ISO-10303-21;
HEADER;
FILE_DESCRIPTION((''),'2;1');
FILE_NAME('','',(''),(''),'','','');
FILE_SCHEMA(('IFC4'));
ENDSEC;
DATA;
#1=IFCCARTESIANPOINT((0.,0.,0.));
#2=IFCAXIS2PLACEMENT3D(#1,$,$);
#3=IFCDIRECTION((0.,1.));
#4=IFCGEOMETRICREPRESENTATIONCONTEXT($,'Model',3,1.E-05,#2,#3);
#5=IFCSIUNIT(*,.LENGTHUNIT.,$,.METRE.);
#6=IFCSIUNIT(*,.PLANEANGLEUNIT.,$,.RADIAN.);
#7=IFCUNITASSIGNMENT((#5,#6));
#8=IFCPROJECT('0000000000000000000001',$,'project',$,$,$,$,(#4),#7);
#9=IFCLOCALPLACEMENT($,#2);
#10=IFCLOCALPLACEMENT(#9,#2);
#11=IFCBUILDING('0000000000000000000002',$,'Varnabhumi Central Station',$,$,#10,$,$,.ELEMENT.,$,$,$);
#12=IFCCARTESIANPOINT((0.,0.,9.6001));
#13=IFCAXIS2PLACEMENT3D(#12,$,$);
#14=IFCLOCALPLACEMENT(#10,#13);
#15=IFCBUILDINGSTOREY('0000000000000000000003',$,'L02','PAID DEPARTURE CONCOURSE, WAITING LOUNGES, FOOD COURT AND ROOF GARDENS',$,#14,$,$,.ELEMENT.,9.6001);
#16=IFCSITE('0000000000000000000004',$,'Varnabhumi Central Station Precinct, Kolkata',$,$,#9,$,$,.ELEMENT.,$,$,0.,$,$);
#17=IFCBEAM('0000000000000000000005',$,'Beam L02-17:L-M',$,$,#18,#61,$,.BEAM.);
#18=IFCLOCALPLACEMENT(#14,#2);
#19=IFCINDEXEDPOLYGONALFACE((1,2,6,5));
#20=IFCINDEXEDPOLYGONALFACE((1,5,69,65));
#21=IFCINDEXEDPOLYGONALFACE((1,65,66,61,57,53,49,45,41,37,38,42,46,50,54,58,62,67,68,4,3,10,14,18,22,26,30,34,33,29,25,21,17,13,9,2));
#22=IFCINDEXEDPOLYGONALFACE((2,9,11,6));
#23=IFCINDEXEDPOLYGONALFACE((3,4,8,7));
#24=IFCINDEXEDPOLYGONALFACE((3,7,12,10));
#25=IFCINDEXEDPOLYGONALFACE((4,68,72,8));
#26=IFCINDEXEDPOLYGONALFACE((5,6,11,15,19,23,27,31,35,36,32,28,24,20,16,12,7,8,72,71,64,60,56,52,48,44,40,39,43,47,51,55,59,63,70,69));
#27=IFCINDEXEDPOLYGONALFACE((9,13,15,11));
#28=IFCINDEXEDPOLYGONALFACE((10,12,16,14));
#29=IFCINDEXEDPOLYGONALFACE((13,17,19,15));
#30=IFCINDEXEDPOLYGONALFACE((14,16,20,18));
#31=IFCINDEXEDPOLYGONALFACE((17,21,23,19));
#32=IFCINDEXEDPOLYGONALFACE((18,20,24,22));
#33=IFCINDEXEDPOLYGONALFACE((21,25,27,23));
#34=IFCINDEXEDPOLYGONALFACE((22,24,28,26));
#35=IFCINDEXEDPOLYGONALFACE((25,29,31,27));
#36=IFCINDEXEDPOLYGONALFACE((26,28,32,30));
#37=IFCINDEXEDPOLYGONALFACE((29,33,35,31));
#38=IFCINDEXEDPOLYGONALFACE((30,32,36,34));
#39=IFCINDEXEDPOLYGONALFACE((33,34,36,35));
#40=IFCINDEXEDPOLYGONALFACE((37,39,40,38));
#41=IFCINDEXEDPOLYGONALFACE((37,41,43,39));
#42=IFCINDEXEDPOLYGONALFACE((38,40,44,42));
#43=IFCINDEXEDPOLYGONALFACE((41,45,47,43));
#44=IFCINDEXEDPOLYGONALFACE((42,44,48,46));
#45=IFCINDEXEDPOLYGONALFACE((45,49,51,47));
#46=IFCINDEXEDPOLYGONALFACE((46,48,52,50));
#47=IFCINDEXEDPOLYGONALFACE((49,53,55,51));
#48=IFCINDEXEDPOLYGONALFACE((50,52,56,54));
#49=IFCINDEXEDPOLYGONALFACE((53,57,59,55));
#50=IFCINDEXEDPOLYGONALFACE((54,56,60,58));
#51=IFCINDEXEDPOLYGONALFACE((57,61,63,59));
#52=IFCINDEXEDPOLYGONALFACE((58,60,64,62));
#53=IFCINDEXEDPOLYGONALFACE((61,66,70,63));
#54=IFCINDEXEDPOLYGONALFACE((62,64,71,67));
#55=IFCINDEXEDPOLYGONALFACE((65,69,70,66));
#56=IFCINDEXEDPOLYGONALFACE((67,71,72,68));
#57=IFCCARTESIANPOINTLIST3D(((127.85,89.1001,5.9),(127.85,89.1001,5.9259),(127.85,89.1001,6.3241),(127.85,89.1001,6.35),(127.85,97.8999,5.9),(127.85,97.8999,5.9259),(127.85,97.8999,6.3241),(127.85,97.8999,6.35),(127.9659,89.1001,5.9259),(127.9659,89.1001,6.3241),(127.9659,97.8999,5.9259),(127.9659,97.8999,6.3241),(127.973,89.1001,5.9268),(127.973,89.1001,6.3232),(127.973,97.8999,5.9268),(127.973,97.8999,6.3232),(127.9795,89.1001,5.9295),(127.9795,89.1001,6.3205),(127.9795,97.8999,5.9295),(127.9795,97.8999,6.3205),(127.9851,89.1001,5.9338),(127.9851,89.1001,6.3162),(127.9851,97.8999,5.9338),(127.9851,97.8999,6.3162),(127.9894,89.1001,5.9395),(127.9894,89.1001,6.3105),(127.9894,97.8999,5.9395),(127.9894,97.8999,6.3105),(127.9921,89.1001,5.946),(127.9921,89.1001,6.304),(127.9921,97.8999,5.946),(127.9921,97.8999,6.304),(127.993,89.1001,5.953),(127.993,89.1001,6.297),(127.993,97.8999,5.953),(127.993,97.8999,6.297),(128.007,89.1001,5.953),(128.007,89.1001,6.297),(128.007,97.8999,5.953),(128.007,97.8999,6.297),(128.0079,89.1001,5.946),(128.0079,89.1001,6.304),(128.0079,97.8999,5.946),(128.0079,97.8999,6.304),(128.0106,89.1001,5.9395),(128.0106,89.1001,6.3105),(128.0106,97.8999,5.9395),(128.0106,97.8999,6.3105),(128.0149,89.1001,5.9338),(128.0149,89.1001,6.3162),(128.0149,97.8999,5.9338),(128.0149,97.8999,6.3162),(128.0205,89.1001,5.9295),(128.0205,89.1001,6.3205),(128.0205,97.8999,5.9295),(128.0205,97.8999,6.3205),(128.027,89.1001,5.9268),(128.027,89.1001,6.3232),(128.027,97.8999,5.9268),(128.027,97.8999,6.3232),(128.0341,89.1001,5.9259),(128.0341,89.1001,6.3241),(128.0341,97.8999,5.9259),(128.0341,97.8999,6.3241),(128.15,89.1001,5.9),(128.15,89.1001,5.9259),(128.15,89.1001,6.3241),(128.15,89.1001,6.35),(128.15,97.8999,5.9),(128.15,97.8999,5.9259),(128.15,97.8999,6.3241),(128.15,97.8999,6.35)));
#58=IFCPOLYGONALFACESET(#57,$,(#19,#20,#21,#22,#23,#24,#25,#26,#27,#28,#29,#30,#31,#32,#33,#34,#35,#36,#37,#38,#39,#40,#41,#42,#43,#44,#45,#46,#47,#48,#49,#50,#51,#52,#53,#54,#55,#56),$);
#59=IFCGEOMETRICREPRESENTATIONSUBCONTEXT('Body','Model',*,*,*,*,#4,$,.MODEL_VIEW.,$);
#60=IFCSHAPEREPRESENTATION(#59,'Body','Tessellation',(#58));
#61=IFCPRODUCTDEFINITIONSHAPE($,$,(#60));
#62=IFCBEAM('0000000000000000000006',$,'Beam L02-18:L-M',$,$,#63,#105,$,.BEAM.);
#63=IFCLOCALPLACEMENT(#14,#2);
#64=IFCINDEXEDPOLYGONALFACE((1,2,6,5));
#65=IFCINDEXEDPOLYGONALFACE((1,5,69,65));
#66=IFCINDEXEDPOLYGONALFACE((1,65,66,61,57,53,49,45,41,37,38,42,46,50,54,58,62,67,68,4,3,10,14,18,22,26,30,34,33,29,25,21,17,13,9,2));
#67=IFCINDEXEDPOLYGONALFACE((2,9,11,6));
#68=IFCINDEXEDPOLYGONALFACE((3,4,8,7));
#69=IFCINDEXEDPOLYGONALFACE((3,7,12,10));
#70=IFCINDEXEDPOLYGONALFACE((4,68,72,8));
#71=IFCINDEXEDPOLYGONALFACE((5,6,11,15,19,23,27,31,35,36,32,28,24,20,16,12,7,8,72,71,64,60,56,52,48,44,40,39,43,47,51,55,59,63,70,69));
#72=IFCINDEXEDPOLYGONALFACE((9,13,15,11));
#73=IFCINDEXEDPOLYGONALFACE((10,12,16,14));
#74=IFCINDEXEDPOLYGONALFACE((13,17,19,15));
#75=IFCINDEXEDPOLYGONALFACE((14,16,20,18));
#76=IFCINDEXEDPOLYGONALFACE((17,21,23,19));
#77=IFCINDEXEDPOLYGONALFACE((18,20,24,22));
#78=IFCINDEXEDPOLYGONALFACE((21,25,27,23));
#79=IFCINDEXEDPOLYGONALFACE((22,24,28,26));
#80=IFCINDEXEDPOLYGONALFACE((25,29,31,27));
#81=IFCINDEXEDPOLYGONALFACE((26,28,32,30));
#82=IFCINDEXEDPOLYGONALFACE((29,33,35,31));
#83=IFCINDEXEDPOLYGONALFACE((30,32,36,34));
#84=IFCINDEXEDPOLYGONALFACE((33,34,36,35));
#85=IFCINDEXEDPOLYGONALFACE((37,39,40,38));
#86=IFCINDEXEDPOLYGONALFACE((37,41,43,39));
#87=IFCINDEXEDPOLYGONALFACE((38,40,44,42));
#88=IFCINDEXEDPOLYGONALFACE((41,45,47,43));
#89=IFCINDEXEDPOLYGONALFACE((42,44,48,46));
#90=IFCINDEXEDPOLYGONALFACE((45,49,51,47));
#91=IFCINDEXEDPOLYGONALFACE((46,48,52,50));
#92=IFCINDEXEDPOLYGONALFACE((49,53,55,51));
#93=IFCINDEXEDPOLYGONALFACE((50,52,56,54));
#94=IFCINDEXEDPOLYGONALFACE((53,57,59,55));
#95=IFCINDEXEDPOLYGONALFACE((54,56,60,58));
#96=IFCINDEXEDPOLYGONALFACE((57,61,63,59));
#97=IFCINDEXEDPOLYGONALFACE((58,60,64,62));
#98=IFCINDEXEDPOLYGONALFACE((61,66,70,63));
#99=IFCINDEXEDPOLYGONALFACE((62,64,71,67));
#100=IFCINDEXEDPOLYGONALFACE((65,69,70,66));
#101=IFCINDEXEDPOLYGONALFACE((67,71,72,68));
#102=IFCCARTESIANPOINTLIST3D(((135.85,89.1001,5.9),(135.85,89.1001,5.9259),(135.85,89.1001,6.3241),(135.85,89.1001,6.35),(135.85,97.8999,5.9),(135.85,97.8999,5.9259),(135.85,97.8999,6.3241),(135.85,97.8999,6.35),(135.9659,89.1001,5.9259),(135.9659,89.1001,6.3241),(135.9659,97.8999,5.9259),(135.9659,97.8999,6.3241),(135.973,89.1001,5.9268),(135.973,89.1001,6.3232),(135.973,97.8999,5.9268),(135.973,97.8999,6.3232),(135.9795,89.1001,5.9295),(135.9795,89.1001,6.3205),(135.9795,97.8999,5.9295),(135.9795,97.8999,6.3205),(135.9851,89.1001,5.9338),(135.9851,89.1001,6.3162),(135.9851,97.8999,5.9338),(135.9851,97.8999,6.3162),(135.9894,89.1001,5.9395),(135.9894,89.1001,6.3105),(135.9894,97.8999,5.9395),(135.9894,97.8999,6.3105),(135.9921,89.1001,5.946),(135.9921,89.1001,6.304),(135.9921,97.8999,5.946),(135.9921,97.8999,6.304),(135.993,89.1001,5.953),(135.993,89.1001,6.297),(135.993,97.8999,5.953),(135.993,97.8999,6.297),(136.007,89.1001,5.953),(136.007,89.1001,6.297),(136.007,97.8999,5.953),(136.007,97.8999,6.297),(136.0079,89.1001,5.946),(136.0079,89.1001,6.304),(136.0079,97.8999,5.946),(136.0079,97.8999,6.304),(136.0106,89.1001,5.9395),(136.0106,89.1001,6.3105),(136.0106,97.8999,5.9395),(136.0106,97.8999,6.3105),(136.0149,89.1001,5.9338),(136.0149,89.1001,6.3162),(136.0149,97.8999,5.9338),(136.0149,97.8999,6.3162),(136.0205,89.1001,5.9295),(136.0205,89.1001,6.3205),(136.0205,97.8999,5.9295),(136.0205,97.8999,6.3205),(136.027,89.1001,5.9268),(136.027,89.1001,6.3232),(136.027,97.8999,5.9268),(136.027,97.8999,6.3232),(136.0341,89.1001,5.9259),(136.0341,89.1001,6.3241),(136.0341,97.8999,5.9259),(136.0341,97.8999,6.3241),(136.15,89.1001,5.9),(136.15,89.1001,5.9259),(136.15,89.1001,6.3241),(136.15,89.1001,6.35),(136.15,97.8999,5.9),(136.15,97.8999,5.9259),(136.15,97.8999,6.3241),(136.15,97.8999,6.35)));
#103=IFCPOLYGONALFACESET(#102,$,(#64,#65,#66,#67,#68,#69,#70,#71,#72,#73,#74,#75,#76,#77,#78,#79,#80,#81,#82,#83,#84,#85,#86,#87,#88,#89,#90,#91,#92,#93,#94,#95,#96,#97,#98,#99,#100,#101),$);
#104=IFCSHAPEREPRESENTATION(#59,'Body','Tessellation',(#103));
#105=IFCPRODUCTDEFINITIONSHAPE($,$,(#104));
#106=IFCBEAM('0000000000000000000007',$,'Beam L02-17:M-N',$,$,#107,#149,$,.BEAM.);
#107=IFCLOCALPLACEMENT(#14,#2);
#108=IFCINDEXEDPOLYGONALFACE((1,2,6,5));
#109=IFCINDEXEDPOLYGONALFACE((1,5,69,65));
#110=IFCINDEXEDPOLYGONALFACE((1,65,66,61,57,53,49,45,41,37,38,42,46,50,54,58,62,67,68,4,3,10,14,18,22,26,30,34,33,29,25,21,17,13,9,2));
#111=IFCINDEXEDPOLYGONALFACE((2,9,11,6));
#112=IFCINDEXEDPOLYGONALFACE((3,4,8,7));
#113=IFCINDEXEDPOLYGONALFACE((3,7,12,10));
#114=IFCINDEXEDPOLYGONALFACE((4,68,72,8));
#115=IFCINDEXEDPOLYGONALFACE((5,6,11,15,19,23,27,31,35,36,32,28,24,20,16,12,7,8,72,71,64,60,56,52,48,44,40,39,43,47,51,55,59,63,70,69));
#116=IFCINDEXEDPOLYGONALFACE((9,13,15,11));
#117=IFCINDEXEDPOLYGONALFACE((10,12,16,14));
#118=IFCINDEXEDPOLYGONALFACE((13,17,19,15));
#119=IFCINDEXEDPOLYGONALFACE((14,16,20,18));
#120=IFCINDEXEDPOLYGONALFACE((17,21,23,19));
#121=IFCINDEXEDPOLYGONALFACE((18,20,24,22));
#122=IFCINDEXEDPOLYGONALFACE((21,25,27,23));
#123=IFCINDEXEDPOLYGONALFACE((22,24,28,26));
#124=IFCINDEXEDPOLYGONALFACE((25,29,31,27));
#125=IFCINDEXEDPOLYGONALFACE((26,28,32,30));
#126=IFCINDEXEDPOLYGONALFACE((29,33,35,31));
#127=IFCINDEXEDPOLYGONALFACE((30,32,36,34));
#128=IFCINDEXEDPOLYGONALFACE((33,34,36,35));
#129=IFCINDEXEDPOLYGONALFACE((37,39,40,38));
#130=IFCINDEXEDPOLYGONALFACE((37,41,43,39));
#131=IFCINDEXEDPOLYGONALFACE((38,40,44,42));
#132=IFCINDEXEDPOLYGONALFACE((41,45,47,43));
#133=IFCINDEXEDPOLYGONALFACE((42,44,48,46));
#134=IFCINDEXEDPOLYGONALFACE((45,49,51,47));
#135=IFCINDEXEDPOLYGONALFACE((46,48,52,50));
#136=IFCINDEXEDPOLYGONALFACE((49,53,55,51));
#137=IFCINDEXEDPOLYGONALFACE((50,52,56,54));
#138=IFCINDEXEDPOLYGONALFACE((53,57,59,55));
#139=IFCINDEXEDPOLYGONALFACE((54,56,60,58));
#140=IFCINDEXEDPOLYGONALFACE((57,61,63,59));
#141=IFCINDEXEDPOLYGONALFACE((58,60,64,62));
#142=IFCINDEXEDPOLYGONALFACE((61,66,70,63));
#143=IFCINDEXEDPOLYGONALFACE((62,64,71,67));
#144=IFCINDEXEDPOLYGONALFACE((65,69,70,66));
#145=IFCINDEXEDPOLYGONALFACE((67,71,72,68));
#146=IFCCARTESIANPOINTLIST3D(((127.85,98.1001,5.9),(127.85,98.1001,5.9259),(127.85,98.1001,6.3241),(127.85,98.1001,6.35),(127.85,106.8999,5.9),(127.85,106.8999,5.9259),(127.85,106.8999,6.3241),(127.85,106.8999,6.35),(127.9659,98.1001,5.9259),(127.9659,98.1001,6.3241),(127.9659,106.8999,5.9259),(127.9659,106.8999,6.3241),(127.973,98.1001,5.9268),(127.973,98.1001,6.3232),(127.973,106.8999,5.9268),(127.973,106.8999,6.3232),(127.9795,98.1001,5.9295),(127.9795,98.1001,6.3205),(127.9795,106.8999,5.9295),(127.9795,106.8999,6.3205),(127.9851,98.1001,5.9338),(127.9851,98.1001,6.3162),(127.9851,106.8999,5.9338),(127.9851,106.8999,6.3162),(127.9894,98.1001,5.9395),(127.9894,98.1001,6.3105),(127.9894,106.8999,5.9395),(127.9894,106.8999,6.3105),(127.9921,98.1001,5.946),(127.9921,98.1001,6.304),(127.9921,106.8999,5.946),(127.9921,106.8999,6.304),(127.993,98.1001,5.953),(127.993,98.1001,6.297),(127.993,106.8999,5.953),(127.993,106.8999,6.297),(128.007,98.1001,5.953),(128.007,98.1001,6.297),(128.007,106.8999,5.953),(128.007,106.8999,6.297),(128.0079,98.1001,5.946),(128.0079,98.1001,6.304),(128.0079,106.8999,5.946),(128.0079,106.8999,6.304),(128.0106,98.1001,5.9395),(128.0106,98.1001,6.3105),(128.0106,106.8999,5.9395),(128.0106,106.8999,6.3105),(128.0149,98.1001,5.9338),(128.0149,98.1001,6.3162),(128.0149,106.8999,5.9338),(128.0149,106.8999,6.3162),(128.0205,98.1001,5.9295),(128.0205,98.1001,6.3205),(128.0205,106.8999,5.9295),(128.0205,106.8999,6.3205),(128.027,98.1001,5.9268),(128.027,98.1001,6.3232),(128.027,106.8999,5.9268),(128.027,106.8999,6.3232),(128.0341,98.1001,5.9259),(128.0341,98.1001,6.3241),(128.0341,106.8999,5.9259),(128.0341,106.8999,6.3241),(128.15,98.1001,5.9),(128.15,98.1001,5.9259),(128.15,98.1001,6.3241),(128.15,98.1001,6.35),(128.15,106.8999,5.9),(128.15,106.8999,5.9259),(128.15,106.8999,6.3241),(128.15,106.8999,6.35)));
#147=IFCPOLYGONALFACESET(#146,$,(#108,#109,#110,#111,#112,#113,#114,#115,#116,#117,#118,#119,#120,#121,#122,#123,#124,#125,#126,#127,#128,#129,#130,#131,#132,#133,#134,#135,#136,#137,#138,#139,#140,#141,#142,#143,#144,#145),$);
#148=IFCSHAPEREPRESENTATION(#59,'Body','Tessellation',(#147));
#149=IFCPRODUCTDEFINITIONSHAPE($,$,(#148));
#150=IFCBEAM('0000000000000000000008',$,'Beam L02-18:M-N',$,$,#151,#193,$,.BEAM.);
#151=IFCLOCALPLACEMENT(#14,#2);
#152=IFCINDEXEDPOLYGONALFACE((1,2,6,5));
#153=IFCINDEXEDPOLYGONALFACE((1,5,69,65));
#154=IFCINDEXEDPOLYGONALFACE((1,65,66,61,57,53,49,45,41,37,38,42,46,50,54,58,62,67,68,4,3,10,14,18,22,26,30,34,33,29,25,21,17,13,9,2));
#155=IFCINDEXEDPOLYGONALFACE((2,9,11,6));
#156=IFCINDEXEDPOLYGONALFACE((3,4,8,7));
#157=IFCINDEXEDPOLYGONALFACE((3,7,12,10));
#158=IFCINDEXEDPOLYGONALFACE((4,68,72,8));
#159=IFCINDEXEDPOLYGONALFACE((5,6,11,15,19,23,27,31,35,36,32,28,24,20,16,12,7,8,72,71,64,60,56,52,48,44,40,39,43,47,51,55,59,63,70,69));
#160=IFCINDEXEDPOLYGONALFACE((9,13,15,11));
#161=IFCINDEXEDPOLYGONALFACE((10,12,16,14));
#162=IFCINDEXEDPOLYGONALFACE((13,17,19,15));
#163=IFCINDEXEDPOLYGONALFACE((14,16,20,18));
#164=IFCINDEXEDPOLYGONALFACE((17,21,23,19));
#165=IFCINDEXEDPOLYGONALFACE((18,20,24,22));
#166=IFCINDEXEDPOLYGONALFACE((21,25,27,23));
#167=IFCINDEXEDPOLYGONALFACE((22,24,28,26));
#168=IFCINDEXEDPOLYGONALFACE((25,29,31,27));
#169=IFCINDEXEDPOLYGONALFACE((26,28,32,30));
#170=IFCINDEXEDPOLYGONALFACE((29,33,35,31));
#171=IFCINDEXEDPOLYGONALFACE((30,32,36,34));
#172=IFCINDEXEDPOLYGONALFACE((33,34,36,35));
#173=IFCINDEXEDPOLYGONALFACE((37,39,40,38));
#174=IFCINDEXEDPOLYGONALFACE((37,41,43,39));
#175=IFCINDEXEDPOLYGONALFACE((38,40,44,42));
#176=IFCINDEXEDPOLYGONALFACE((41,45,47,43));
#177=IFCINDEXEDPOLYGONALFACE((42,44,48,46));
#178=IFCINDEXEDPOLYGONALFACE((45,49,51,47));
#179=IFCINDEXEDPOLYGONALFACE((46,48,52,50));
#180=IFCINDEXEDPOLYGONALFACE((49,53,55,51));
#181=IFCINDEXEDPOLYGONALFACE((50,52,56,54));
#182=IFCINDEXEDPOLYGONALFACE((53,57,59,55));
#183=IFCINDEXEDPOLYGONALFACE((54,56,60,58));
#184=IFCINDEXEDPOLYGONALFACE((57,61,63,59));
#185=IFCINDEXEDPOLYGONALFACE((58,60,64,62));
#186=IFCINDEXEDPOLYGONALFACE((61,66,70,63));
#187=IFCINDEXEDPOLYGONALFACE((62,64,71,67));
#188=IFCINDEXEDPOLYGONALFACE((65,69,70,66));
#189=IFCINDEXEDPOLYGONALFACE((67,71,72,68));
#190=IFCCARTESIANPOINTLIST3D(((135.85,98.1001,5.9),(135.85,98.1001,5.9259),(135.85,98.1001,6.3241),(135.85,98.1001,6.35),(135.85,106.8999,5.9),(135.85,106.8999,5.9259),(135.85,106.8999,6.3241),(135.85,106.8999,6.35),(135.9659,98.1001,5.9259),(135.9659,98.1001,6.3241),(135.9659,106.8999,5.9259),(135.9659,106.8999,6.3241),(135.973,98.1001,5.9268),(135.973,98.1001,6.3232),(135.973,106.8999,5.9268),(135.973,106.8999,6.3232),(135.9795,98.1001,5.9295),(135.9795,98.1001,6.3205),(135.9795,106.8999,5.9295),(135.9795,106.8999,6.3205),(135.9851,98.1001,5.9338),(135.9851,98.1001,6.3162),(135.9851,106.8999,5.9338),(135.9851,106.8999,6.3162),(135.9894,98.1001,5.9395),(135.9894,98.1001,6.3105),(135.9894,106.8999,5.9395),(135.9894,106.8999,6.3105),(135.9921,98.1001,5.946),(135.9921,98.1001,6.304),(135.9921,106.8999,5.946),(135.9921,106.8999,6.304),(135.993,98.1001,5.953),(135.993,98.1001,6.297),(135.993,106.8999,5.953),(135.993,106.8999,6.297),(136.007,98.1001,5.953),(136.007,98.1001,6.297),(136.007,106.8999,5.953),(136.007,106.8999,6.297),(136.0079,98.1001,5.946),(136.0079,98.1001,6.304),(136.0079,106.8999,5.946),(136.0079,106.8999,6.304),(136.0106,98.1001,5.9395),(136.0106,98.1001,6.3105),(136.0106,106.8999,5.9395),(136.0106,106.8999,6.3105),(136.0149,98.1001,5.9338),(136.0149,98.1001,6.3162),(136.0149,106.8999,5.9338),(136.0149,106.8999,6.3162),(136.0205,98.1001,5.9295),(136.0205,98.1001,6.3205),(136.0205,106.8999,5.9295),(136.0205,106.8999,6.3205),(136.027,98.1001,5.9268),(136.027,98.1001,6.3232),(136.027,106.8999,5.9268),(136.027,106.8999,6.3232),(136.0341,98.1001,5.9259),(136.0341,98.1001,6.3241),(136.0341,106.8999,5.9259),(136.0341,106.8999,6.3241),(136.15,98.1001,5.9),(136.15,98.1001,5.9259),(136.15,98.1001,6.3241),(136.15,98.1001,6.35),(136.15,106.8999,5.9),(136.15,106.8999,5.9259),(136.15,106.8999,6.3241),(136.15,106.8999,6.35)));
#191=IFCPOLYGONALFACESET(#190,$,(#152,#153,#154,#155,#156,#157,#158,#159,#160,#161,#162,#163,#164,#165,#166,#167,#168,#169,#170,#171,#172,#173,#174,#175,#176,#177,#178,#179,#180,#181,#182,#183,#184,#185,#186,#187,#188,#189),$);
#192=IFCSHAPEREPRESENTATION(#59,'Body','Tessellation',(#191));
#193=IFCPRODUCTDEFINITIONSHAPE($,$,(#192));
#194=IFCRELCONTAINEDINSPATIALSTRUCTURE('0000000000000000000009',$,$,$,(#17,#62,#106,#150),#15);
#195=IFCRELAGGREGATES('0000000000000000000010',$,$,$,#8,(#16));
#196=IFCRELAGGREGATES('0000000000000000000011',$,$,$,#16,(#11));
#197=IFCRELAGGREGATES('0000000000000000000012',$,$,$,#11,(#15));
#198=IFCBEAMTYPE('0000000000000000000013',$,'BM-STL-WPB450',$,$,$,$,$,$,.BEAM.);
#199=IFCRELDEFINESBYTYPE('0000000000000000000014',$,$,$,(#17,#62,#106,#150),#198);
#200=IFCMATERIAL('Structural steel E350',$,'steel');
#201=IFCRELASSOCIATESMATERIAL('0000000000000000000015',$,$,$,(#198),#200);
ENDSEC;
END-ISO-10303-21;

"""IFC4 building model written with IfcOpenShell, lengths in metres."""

from ifc_helpers import new_model, si_unit, direction, frame, origin, origin_2d, place, context, subcontext, project, spatial, i_section, extrude, material, material_profile, profile_set, type_object, element, save


model = new_model("IFC4")

# Units and contexts
model_context = context("Model", 3, precision=1e-05, world=origin(), true_north=direction((0.0, 1.0)))
body_context = subcontext(model_context, "Body", "Model", "MODEL_VIEW")
ifc_project = project(units=[si_unit("LENGTHUNIT", "METRE"), si_unit("PLANEANGLEUNIT", "RADIAN")], contexts=[model_context])

# Site, building, storey
site_placement = place(None, origin())
site = spatial("IfcSite", under=ifc_project, at=site_placement, Name="Varnabhumi Central Station Precinct, Kolkata", CompositionType="ELEMENT", RefElevation=0.0)
building_placement = place(site_placement, origin())
building = spatial("IfcBuilding", under=site, at=building_placement, Name="Varnabhumi Central Station", CompositionType="ELEMENT")
storey_placement = place(building_placement, frame((0.0, 0.0, 9.6001)))
storey = spatial("IfcBuildingStorey", under=building, at=storey_placement, Name="L02", Description="PAID DEPARTURE CONCOURSE, WAITING LOUNGES, FOOD COURT AND ROOF GARDENS", CompositionType="ELEMENT", Elevation=9.6001)

# Beams
ifc_material_1 = material(Name="Structural steel E350", Category="steel")
ifc_material_profile_1 = material_profile(ifc_material_1, i_section(OverallWidth=0.3, OverallDepth=0.45, WebThickness=0.0139, FlangeThickness=0.0259, FilletRadius=0.0271, at=origin_2d()), Name="Structural steel E350", Category="steel")
ifc_profile_set_1 = profile_set([ifc_material_profile_1], Name="Structural steel E350")
beam_type_1 = type_object("IfcBeamType", Name="BM-STL-WPB450", PredefinedType="BEAM", material=ifc_profile_set_1)
for number, where, z_axis, x_axis, name in (
    (1, (128.0, 89.1001, 6.125), (0.0, 1.0, 0.0), (-1.0, 0.0, 0.0), "Beam L02-17:L-M"),
    (2, (136.0, 89.1001, 6.125), (0.0, 1.0, 0.0), (-1.0, 0.0, 0.0), "Beam L02-18:L-M"),
    (3, (128.0, 98.1001, 6.125), (0.0, 1.0, 0.0), (-1.0, 0.0, 0.0), "Beam L02-17:M-N"),
    (4, (136.0, 98.1001, 6.125), (0.0, 1.0, 0.0), (-1.0, 0.0, 0.0), "Beam L02-18:M-N"),
):
    element("IfcBeam", number, at=place(storey_placement, frame(where, z_axis=z_axis, x_axis=x_axis)), inside=storey, type_object=beam_type_1, Name=name, PredefinedType="BEAM", context=body_context, shape_type="SweptSolid", body=[
        extrude(i_section(OverallWidth=0.3, OverallDepth=0.45, WebThickness=0.0139, FlangeThickness=0.0259, FilletRadius=0.0271, at=origin_2d()), origin(), (0.0, 0.0, 1.0), 8.7998),
    ])

save(model, "model.ifc")
